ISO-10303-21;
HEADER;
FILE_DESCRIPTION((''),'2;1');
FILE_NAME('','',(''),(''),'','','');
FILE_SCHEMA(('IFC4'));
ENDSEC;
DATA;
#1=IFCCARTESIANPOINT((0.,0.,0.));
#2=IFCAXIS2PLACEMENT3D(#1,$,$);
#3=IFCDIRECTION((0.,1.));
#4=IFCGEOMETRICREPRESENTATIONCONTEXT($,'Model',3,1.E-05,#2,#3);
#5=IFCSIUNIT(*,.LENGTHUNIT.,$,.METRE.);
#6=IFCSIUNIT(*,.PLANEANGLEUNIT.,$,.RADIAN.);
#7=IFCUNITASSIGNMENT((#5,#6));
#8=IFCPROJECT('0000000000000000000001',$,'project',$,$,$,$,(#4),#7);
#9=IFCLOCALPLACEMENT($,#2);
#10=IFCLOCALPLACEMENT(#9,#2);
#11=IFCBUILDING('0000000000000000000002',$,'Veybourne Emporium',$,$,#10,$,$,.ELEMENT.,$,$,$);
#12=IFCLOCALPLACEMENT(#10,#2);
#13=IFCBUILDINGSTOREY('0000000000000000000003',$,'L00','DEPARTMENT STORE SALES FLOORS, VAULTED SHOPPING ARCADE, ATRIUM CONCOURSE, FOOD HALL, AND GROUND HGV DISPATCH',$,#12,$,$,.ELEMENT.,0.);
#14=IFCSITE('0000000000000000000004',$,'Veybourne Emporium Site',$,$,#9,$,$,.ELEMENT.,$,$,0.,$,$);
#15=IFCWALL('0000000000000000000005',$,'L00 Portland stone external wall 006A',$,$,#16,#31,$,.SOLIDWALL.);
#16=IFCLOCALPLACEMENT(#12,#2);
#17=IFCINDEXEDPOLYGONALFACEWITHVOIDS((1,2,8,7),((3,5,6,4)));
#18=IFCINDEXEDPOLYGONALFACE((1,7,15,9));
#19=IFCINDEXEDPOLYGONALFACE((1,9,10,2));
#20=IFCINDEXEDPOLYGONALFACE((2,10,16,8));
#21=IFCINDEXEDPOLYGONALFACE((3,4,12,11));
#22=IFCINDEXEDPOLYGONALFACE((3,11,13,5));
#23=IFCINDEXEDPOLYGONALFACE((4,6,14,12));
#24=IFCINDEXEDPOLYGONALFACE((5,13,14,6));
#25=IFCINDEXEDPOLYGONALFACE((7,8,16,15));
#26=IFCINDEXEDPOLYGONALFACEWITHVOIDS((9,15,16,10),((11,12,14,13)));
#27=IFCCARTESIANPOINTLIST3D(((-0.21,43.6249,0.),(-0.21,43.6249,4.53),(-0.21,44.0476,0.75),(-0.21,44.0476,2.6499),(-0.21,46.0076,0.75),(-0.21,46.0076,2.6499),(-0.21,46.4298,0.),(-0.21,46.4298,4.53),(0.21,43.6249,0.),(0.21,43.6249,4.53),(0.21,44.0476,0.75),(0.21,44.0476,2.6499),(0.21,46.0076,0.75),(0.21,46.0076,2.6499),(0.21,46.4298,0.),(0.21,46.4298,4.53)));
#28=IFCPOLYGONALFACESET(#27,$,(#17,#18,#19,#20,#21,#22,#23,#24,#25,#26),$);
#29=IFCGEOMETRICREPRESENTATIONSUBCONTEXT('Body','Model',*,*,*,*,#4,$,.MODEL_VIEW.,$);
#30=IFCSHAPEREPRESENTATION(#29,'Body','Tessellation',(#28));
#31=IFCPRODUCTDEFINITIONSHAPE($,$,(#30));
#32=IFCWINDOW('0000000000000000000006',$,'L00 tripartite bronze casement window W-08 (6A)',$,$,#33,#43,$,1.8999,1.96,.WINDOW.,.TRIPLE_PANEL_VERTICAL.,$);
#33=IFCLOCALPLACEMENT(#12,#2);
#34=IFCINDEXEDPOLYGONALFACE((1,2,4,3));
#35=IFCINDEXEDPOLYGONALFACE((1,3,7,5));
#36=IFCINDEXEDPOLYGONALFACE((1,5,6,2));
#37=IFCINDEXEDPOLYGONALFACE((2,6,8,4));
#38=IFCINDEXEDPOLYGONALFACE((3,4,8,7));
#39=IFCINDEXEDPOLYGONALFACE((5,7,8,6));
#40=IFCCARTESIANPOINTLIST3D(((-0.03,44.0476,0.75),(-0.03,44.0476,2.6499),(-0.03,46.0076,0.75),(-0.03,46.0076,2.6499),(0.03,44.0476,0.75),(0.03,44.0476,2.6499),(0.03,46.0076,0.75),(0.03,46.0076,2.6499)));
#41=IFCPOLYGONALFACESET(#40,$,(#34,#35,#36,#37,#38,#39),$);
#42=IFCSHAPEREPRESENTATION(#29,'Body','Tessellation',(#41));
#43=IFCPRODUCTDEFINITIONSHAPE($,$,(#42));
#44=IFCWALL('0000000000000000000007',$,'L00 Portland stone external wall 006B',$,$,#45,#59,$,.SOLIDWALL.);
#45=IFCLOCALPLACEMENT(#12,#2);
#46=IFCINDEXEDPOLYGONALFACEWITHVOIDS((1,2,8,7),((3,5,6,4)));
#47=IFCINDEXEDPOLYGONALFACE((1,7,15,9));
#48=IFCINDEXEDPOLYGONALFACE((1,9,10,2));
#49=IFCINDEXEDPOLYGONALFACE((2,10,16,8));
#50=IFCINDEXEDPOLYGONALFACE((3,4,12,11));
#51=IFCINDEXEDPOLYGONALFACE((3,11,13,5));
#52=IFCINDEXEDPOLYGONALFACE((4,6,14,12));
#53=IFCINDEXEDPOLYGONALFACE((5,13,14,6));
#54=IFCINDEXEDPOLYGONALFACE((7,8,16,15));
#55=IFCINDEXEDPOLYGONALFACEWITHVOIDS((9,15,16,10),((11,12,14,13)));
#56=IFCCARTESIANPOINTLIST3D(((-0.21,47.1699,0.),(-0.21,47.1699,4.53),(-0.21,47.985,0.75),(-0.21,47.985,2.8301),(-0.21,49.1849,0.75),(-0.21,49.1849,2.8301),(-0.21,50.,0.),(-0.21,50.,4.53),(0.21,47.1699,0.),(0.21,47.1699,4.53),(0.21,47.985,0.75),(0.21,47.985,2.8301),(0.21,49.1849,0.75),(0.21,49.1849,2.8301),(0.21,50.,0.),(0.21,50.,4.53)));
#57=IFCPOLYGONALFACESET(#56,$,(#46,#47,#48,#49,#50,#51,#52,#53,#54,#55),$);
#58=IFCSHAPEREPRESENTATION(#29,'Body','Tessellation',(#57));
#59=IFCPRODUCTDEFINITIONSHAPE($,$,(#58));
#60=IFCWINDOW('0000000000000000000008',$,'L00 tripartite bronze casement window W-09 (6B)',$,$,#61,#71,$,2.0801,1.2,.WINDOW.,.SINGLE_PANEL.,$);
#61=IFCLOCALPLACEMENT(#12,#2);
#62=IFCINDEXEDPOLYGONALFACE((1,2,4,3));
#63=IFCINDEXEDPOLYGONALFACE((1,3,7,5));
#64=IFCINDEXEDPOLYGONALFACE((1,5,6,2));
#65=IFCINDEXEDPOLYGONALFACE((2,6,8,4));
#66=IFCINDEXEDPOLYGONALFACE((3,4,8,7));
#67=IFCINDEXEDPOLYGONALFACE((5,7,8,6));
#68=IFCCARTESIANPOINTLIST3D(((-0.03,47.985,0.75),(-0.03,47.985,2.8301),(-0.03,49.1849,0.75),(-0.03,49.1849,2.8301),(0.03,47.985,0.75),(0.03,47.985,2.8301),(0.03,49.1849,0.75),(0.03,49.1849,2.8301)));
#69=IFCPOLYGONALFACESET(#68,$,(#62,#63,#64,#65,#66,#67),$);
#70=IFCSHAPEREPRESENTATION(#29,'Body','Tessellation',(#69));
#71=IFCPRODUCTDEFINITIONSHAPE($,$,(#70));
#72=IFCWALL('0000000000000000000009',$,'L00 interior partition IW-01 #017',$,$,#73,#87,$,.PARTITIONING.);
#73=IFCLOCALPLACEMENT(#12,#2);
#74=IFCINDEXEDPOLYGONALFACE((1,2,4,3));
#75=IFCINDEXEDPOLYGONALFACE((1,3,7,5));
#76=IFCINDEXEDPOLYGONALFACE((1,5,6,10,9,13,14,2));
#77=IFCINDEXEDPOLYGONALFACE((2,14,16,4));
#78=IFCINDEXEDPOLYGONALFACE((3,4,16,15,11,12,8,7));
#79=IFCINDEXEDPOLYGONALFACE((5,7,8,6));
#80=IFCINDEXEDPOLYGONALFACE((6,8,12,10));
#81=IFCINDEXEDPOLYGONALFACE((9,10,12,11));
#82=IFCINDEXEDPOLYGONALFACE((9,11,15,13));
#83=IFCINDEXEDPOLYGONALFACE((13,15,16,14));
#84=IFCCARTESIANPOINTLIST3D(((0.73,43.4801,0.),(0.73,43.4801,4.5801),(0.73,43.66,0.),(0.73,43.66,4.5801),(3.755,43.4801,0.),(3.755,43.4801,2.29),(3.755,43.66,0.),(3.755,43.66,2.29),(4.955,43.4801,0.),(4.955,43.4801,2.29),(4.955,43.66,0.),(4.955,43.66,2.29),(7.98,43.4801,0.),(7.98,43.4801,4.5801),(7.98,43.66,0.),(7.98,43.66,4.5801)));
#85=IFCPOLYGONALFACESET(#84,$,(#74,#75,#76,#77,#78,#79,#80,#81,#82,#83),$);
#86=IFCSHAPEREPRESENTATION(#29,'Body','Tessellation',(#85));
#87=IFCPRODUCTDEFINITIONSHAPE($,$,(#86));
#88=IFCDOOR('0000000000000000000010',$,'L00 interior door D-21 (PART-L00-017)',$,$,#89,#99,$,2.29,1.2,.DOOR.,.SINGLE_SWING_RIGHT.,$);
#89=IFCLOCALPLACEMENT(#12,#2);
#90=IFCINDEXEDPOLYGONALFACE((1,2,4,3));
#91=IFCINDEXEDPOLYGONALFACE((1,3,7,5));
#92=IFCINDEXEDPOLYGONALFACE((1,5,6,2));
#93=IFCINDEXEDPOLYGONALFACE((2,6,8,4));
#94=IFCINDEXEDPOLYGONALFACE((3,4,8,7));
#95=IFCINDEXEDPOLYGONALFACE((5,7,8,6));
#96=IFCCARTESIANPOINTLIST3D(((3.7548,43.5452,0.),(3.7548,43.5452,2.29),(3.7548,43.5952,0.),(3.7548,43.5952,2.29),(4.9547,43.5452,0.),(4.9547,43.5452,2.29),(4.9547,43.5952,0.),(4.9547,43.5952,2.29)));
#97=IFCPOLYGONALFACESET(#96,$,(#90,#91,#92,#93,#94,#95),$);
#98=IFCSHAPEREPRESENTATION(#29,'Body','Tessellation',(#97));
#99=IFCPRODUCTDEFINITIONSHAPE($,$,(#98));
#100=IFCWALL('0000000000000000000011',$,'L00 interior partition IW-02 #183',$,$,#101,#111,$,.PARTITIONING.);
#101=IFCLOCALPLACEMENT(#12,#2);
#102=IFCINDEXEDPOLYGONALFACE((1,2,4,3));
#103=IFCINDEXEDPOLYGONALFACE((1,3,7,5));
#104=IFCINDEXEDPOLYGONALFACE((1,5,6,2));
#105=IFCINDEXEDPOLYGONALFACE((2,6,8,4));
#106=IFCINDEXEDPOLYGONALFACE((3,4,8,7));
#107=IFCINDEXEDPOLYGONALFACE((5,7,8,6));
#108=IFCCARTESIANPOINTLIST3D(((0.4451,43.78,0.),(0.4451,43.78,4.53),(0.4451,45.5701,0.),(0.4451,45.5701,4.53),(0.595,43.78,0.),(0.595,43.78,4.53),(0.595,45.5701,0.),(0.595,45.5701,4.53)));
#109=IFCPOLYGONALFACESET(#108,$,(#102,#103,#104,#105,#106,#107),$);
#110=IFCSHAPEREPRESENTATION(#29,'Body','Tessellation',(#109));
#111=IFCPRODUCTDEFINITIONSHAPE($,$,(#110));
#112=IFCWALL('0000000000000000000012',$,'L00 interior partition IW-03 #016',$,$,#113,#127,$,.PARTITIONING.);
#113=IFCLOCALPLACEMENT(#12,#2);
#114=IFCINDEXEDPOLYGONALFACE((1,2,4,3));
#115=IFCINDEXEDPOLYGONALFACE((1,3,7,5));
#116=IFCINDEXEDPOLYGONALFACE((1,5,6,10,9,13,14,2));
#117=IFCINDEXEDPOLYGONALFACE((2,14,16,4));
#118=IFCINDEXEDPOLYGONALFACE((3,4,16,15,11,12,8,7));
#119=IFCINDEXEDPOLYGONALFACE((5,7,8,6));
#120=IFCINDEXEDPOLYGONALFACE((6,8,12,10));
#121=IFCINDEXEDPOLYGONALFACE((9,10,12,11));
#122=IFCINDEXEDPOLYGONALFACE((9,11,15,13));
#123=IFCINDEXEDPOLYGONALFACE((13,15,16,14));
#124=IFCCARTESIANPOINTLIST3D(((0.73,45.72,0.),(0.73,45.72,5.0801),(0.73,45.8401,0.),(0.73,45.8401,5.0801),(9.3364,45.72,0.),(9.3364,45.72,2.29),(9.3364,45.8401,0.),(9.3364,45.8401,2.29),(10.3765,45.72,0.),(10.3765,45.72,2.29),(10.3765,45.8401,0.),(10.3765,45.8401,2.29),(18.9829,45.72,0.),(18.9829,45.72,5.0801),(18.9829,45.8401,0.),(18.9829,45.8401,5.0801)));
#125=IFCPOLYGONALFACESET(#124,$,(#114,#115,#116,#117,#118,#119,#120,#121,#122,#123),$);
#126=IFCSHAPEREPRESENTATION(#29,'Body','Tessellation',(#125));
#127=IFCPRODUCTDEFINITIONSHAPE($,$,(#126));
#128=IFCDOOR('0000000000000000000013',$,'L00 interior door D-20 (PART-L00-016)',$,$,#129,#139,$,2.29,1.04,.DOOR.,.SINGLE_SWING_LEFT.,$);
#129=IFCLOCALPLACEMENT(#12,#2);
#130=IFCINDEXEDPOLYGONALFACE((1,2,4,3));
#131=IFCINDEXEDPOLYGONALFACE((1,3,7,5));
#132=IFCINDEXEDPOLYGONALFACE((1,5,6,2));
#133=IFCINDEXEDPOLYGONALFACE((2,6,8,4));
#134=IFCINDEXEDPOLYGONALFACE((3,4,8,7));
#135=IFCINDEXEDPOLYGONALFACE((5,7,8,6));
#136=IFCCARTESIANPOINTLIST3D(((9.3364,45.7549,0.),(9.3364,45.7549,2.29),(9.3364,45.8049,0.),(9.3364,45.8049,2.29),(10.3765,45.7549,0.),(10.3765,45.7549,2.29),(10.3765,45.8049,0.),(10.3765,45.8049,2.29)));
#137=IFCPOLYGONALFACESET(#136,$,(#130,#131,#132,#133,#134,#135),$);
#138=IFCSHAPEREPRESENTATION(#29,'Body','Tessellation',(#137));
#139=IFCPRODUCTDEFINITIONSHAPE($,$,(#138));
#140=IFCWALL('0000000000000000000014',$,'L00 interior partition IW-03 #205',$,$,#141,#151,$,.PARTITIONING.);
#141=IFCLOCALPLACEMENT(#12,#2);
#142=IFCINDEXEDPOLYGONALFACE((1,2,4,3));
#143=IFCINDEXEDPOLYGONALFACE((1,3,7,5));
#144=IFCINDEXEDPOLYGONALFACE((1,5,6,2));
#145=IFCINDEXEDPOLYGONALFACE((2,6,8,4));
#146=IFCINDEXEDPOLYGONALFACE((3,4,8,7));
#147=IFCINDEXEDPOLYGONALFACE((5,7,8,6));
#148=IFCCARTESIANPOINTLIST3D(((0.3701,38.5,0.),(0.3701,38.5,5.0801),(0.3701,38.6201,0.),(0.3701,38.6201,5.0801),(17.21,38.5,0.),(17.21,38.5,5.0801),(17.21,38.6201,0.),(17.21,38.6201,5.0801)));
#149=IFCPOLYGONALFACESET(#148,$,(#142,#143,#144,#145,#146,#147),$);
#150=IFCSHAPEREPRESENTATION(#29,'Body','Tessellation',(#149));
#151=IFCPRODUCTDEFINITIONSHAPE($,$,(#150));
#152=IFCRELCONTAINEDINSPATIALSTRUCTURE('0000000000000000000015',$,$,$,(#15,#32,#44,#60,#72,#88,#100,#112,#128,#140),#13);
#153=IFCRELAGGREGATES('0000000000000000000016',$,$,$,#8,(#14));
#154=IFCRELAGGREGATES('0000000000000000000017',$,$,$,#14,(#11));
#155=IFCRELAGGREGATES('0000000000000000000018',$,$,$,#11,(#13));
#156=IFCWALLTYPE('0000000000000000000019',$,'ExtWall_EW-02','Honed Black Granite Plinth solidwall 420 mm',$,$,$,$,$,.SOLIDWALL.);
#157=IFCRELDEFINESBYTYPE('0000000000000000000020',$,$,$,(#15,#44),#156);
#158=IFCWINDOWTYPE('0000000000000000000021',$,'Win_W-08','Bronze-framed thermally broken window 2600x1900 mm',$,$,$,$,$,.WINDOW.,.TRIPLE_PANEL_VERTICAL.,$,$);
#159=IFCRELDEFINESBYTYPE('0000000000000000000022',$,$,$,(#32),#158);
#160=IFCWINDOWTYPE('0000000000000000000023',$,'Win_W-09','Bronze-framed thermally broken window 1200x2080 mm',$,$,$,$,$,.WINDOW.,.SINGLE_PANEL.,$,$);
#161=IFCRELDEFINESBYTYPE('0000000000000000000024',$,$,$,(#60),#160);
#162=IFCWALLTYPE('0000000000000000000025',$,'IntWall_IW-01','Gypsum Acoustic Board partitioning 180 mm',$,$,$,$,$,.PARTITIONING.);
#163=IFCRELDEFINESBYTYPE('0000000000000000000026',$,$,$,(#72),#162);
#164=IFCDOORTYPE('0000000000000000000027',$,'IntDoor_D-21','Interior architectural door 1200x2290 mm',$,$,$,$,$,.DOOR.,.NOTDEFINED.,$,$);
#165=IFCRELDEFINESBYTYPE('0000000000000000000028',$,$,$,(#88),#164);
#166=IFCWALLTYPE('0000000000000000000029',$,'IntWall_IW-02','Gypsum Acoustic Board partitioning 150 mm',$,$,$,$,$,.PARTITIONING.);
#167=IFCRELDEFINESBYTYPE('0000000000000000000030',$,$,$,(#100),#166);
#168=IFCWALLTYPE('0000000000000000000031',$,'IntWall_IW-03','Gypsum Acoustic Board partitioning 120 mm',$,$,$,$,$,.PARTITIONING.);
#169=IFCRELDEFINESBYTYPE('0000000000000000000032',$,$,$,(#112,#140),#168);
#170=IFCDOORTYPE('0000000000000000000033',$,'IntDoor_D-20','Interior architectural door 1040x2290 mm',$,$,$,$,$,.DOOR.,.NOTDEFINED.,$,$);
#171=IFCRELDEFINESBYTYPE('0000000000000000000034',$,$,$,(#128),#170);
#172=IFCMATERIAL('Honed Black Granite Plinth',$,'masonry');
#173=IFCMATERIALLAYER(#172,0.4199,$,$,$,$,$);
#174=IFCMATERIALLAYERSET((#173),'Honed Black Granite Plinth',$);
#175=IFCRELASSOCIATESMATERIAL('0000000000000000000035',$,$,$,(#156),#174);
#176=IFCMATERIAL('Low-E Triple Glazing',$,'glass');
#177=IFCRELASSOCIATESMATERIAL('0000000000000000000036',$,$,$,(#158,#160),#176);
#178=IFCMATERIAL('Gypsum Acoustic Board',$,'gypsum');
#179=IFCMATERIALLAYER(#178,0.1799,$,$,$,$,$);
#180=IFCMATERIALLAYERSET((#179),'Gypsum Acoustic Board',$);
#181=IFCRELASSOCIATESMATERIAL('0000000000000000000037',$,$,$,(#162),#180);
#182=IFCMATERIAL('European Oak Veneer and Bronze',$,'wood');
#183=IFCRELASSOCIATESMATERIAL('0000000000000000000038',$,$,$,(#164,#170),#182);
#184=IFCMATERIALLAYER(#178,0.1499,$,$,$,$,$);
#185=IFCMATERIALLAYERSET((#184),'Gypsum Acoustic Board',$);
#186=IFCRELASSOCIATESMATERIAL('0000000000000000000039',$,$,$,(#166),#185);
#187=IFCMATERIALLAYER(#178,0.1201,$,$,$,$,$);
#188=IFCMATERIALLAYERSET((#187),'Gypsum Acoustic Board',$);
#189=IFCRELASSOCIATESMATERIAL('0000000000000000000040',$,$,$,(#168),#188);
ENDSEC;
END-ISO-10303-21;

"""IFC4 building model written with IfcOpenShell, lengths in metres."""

from ifc_helpers import new_model, si_unit, direction, frame, frame_2d, origin, place, context, subcontext, project, spatial, rectangle, extrude, material, layer, layer_set, type_object, element, fill, save


model = new_model("IFC4")

# Units and contexts
model_context = context("Model", 3, precision=1e-05, world=origin(), true_north=direction((0.0, 1.0)))
body_context = subcontext(model_context, "Body", "Model", "MODEL_VIEW")
ifc_project = project(units=[si_unit("LENGTHUNIT", "METRE"), si_unit("PLANEANGLEUNIT", "RADIAN")], contexts=[model_context])

# Site, building, storey
site_placement = place(None, origin())
site = spatial("IfcSite", under=ifc_project, at=site_placement, Name="Veybourne Emporium Site", CompositionType="ELEMENT", RefElevation=0.0)
building_placement = place(site_placement, origin())
building = spatial("IfcBuilding", under=site, at=building_placement, Name="Veybourne Emporium", CompositionType="ELEMENT")
storey_placement = place(building_placement, origin())
storey = spatial("IfcBuildingStorey", under=building, at=storey_placement, Name="L00", Description="DEPARTMENT STORE SALES FLOORS, VAULTED SHOPPING ARCADE, ATRIUM CONCOURSE, FOOD HALL, AND GROUND HGV DISPATCH", CompositionType="ELEMENT", Elevation=0.0)

# Walls, openings, windows
ifc_material_1 = material(Name="Honed Black Granite Plinth", Category="masonry")
ifc_layer_1 = layer(ifc_material_1, 0.4199)
ifc_layer_set_1 = layer_set([ifc_layer_1], Name="Honed Black Granite Plinth")
wall_type_1 = type_object("IfcWallType", Name="ExtWall_EW-02", Description="Honed Black Granite Plinth solidwall 420 mm", PredefinedType="SOLIDWALL", material=ifc_layer_set_1)
ifc_material_2 = material(Name="Low-E Triple Glazing", Category="glass")
wall_1_placement = place(storey_placement, frame((0.0, 43.625, 0.0), z_axis=(0.0, 0.0, 1.0), x_axis=(0.0, 1.0, 0.0)))
wall_1 = element("IfcWall", 1, at=wall_1_placement, inside=storey, type_object=wall_type_1, Name="L00 Portland stone external wall 006A", PredefinedType="SOLIDWALL", context=body_context, shape_type="SweptSolid", body=[
    extrude(rectangle(XDim=2.8049, YDim=0.4199, at=frame_2d((1.4023, 0.0))), origin(), (0.0, 0.0, 1.0), 4.53),
])
opening_1_placement = place(wall_1_placement, frame((0.4226, 0.0, 0.75)))
opening_1 = element("IfcOpeningElement", 2, at=opening_1_placement, cuts=wall_1, PredefinedType="OPENING", context=body_context, shape_type="SweptSolid", body=[
    extrude(rectangle(XDim=1.96, YDim=1.8999, at=frame_2d((0.98, 0.95))), frame((0.0, 0.23, 0.0), z_axis=(0.0, -1.0, 0.0), x_axis=(1.0, 0.0, 0.0)), (0.0, 0.0, 1.0), 0.46),
])
window_type_1 = type_object("IfcWindowType", Name="Win_W-08", Description="Bronze-framed thermally broken window 2600x1900 mm", PartitioningType="TRIPLE_PANEL_VERTICAL", PredefinedType="WINDOW", material=ifc_material_2)
window_1_placement = place(opening_1_placement, origin())
window_1 = element("IfcWindow", 3, at=window_1_placement, inside=storey, type_object=window_type_1, Name="L00 tripartite bronze casement window W-08 (6A)", OverallHeight=1.8999, OverallWidth=1.96, PartitioningType="TRIPLE_PANEL_VERTICAL", PredefinedType="WINDOW", context=body_context, shape_type="SweptSolid", body=[
    extrude(rectangle(XDim=1.96, YDim=1.8999, at=frame_2d((0.98, 0.95))), frame((0.0, 0.03, 0.0), z_axis=(0.0, -1.0, 0.0), x_axis=(1.0, 0.0, 0.0)), (0.0, 0.0, 1.0), 0.0601),
])
fill(opening_1, window_1)
wall_2_placement = place(storey_placement, frame((0.0, 47.1699, 0.0), z_axis=(0.0, 0.0, 1.0), x_axis=(0.0, 1.0, 0.0)))
wall_2 = element("IfcWall", 4, at=wall_2_placement, inside=storey, type_object=wall_type_1, Name="L00 Portland stone external wall 006B", PredefinedType="SOLIDWALL", context=body_context, shape_type="SweptSolid", body=[
    extrude(rectangle(XDim=2.8301, YDim=0.4199, at=frame_2d((1.415, 0.0))), origin(), (0.0, 0.0, 1.0), 4.53),
])
opening_2_placement = place(wall_2_placement, frame((0.8149, 0.0, 0.75)))
opening_2 = element("IfcOpeningElement", 5, at=opening_2_placement, cuts=wall_2, PredefinedType="OPENING", context=body_context, shape_type="SweptSolid", body=[
    extrude(rectangle(XDim=1.2, YDim=2.0801, at=frame_2d((0.6001, 1.04))), frame((0.0, 0.23, 0.0), z_axis=(0.0, -1.0, 0.0), x_axis=(1.0, 0.0, 0.0)), (0.0, 0.0, 1.0), 0.46),
])
window_type_2 = type_object("IfcWindowType", Name="Win_W-09", Description="Bronze-framed thermally broken window 1200x2080 mm", PartitioningType="SINGLE_PANEL", PredefinedType="WINDOW", material=ifc_material_2)
window_2_placement = place(opening_2_placement, origin())
window_2 = element("IfcWindow", 6, at=window_2_placement, inside=storey, type_object=window_type_2, Name="L00 tripartite bronze casement window W-09 (6B)", OverallHeight=2.0801, OverallWidth=1.2, PartitioningType="SINGLE_PANEL", PredefinedType="WINDOW", context=body_context, shape_type="SweptSolid", body=[
    extrude(rectangle(XDim=1.2, YDim=2.0801, at=frame_2d((0.6001, 1.04))), frame((0.0, 0.03, 0.0), z_axis=(0.0, -1.0, 0.0), x_axis=(1.0, 0.0, 0.0)), (0.0, 0.0, 1.0), 0.0601),
])
fill(opening_2, window_2)

# Wall, opening, door
ifc_material_3 = material(Name="Gypsum Acoustic Board", Category="gypsum")
ifc_layer_2 = layer(ifc_material_3, 0.1799)
ifc_layer_set_2 = layer_set([ifc_layer_2], Name="Gypsum Acoustic Board")
wall_type_2 = type_object("IfcWallType", Name="IntWall_IW-01", Description="Gypsum Acoustic Board partitioning 180 mm", PredefinedType="PARTITIONING", material=ifc_layer_set_2)
wall_3_placement = place(storey_placement, frame((0.73, 43.5701, 0.0), z_axis=(0.0, 0.0, 1.0), x_axis=(1.0, 0.0, 0.0)))
wall_3 = element("IfcWall", 7, at=wall_3_placement, inside=storey, type_object=wall_type_2, Name="L00 interior partition IW-01 #017", PredefinedType="PARTITIONING", context=body_context, shape_type="SweptSolid", body=[
    extrude(rectangle(XDim=7.25, YDim=0.1799, at=frame_2d((3.625, 0.0))), origin(), (0.0, 0.0, 1.0), 4.5801),
])
opening_3_placement = place(wall_3_placement, frame((3.0249, 0.0, 0.0)))
opening_3 = element("IfcOpeningElement", 8, at=opening_3_placement, cuts=wall_3, PredefinedType="OPENING", context=body_context, shape_type="SweptSolid", body=[
    extrude(rectangle(XDim=1.2, YDim=2.29, at=frame_2d((0.6001, 1.145))), frame((0.0, 0.1099, 0.0), z_axis=(0.0, -1.0, 0.0), x_axis=(1.0, 0.0, 0.0)), (0.0, 0.0, 1.0), 0.22),
])
ifc_material_4 = material(Name="European Oak Veneer and Bronze", Category="wood")
door_type_1 = type_object("IfcDoorType", Name="IntDoor_D-21", Description="Interior architectural door 1200x2290 mm", OperationType="NOTDEFINED", PredefinedType="DOOR", material=ifc_material_4)
door_1_placement = place(opening_3_placement, frame((1.2, 0.0, 0.0), z_axis=(0.0, 0.0, 1.0), x_axis=(-1.0, 0.0, 0.0)))
door_1 = element("IfcDoor", 9, at=door_1_placement, inside=storey, type_object=door_type_1, Name="L00 interior door D-21 (PART-L00-017)", OperationType="SINGLE_SWING_RIGHT", OverallHeight=2.29, OverallWidth=1.2, PredefinedType="DOOR", context=body_context, shape_type="SweptSolid", body=[
    extrude(rectangle(XDim=1.2, YDim=2.29, at=frame_2d((0.6001, 1.145))), frame((0.0, 0.0249, 0.0), z_axis=(0.0, -1.0, 0.0), x_axis=(1.0, 0.0, 0.0)), (0.0, 0.0, 1.0), 0.05),
])
fill(opening_3, door_1)

# Wall
ifc_layer_3 = layer(ifc_material_3, 0.1499)
ifc_layer_set_3 = layer_set([ifc_layer_3], Name="Gypsum Acoustic Board")
wall_type_3 = type_object("IfcWallType", Name="IntWall_IW-02", Description="Gypsum Acoustic Board partitioning 150 mm", PredefinedType="PARTITIONING", material=ifc_layer_set_3)
wall_4_placement = place(storey_placement, frame((0.52, 43.78, 0.0), z_axis=(0.0, 0.0, 1.0), x_axis=(0.0, 1.0, 0.0)))
element("IfcWall", 10, at=wall_4_placement, inside=storey, type_object=wall_type_3, Name="L00 interior partition IW-02 #183", PredefinedType="PARTITIONING", context=body_context, shape_type="SweptSolid", body=[
    extrude(rectangle(XDim=1.79, YDim=0.1499, at=frame_2d((0.895, 0.0))), origin(), (0.0, 0.0, 1.0), 4.53),
])

# Wall, opening, door
ifc_layer_4 = layer(ifc_material_3, 0.1201)
ifc_layer_set_4 = layer_set([ifc_layer_4], Name="Gypsum Acoustic Board")
wall_type_4 = type_object("IfcWallType", Name="IntWall_IW-03", Description="Gypsum Acoustic Board partitioning 120 mm", PredefinedType="PARTITIONING", material=ifc_layer_set_4)
wall_5_placement = place(storey_placement, frame((0.73, 45.78, 0.0), z_axis=(0.0, 0.0, 1.0), x_axis=(1.0, 0.0, 0.0)))
wall_5 = element("IfcWall", 11, at=wall_5_placement, inside=storey, type_object=wall_type_4, Name="L00 interior partition IW-03 #016", PredefinedType="PARTITIONING", context=body_context, shape_type="SweptSolid", body=[
    extrude(rectangle(XDim=18.2529, YDim=0.1201, at=frame_2d((9.1265, 0.0))), origin(), (0.0, 0.0, 1.0), 5.0801),
])
opening_4_placement = place(wall_5_placement, frame((8.6064, 0.0, 0.0)))
opening_4 = element("IfcOpeningElement", 12, at=opening_4_placement, cuts=wall_5, PredefinedType="OPENING", context=body_context, shape_type="SweptSolid", body=[
    extrude(rectangle(XDim=1.04, YDim=2.29, at=frame_2d((0.52, 1.145))), frame((0.0, 0.0801, 0.0), z_axis=(0.0, -1.0, 0.0), x_axis=(1.0, 0.0, 0.0)), (0.0, 0.0, 1.0), 0.1602),
])
door_type_2 = type_object("IfcDoorType", Name="IntDoor_D-20", Description="Interior architectural door 1040x2290 mm", OperationType="NOTDEFINED", PredefinedType="DOOR", material=ifc_material_4)
door_2_placement = place(opening_4_placement, origin())
door_2 = element("IfcDoor", 13, at=door_2_placement, inside=storey, type_object=door_type_2, Name="L00 interior door D-20 (PART-L00-016)", OperationType="SINGLE_SWING_LEFT", OverallHeight=2.29, OverallWidth=1.04, PredefinedType="DOOR", context=body_context, shape_type="SweptSolid", body=[
    extrude(rectangle(XDim=1.04, YDim=2.29, at=frame_2d((0.52, 1.145))), frame((0.0, 0.0249, 0.0), z_axis=(0.0, -1.0, 0.0), x_axis=(1.0, 0.0, 0.0)), (0.0, 0.0, 1.0), 0.05),
])
fill(opening_4, door_2)

# Wall
wall_6_placement = place(storey_placement, frame((0.3701, 38.5601, 0.0), z_axis=(0.0, 0.0, 1.0), x_axis=(1.0, 0.0, 0.0)))
element("IfcWall", 14, at=wall_6_placement, inside=storey, type_object=wall_type_4, Name="L00 interior partition IW-03 #205", PredefinedType="PARTITIONING", context=body_context, shape_type="SweptSolid", body=[
    extrude(rectangle(XDim=16.8398, YDim=0.1201, at=frame_2d((8.4199, 0.0))), origin(), (0.0, 0.0, 1.0), 5.0801),
])

save(model, "model.ifc")
